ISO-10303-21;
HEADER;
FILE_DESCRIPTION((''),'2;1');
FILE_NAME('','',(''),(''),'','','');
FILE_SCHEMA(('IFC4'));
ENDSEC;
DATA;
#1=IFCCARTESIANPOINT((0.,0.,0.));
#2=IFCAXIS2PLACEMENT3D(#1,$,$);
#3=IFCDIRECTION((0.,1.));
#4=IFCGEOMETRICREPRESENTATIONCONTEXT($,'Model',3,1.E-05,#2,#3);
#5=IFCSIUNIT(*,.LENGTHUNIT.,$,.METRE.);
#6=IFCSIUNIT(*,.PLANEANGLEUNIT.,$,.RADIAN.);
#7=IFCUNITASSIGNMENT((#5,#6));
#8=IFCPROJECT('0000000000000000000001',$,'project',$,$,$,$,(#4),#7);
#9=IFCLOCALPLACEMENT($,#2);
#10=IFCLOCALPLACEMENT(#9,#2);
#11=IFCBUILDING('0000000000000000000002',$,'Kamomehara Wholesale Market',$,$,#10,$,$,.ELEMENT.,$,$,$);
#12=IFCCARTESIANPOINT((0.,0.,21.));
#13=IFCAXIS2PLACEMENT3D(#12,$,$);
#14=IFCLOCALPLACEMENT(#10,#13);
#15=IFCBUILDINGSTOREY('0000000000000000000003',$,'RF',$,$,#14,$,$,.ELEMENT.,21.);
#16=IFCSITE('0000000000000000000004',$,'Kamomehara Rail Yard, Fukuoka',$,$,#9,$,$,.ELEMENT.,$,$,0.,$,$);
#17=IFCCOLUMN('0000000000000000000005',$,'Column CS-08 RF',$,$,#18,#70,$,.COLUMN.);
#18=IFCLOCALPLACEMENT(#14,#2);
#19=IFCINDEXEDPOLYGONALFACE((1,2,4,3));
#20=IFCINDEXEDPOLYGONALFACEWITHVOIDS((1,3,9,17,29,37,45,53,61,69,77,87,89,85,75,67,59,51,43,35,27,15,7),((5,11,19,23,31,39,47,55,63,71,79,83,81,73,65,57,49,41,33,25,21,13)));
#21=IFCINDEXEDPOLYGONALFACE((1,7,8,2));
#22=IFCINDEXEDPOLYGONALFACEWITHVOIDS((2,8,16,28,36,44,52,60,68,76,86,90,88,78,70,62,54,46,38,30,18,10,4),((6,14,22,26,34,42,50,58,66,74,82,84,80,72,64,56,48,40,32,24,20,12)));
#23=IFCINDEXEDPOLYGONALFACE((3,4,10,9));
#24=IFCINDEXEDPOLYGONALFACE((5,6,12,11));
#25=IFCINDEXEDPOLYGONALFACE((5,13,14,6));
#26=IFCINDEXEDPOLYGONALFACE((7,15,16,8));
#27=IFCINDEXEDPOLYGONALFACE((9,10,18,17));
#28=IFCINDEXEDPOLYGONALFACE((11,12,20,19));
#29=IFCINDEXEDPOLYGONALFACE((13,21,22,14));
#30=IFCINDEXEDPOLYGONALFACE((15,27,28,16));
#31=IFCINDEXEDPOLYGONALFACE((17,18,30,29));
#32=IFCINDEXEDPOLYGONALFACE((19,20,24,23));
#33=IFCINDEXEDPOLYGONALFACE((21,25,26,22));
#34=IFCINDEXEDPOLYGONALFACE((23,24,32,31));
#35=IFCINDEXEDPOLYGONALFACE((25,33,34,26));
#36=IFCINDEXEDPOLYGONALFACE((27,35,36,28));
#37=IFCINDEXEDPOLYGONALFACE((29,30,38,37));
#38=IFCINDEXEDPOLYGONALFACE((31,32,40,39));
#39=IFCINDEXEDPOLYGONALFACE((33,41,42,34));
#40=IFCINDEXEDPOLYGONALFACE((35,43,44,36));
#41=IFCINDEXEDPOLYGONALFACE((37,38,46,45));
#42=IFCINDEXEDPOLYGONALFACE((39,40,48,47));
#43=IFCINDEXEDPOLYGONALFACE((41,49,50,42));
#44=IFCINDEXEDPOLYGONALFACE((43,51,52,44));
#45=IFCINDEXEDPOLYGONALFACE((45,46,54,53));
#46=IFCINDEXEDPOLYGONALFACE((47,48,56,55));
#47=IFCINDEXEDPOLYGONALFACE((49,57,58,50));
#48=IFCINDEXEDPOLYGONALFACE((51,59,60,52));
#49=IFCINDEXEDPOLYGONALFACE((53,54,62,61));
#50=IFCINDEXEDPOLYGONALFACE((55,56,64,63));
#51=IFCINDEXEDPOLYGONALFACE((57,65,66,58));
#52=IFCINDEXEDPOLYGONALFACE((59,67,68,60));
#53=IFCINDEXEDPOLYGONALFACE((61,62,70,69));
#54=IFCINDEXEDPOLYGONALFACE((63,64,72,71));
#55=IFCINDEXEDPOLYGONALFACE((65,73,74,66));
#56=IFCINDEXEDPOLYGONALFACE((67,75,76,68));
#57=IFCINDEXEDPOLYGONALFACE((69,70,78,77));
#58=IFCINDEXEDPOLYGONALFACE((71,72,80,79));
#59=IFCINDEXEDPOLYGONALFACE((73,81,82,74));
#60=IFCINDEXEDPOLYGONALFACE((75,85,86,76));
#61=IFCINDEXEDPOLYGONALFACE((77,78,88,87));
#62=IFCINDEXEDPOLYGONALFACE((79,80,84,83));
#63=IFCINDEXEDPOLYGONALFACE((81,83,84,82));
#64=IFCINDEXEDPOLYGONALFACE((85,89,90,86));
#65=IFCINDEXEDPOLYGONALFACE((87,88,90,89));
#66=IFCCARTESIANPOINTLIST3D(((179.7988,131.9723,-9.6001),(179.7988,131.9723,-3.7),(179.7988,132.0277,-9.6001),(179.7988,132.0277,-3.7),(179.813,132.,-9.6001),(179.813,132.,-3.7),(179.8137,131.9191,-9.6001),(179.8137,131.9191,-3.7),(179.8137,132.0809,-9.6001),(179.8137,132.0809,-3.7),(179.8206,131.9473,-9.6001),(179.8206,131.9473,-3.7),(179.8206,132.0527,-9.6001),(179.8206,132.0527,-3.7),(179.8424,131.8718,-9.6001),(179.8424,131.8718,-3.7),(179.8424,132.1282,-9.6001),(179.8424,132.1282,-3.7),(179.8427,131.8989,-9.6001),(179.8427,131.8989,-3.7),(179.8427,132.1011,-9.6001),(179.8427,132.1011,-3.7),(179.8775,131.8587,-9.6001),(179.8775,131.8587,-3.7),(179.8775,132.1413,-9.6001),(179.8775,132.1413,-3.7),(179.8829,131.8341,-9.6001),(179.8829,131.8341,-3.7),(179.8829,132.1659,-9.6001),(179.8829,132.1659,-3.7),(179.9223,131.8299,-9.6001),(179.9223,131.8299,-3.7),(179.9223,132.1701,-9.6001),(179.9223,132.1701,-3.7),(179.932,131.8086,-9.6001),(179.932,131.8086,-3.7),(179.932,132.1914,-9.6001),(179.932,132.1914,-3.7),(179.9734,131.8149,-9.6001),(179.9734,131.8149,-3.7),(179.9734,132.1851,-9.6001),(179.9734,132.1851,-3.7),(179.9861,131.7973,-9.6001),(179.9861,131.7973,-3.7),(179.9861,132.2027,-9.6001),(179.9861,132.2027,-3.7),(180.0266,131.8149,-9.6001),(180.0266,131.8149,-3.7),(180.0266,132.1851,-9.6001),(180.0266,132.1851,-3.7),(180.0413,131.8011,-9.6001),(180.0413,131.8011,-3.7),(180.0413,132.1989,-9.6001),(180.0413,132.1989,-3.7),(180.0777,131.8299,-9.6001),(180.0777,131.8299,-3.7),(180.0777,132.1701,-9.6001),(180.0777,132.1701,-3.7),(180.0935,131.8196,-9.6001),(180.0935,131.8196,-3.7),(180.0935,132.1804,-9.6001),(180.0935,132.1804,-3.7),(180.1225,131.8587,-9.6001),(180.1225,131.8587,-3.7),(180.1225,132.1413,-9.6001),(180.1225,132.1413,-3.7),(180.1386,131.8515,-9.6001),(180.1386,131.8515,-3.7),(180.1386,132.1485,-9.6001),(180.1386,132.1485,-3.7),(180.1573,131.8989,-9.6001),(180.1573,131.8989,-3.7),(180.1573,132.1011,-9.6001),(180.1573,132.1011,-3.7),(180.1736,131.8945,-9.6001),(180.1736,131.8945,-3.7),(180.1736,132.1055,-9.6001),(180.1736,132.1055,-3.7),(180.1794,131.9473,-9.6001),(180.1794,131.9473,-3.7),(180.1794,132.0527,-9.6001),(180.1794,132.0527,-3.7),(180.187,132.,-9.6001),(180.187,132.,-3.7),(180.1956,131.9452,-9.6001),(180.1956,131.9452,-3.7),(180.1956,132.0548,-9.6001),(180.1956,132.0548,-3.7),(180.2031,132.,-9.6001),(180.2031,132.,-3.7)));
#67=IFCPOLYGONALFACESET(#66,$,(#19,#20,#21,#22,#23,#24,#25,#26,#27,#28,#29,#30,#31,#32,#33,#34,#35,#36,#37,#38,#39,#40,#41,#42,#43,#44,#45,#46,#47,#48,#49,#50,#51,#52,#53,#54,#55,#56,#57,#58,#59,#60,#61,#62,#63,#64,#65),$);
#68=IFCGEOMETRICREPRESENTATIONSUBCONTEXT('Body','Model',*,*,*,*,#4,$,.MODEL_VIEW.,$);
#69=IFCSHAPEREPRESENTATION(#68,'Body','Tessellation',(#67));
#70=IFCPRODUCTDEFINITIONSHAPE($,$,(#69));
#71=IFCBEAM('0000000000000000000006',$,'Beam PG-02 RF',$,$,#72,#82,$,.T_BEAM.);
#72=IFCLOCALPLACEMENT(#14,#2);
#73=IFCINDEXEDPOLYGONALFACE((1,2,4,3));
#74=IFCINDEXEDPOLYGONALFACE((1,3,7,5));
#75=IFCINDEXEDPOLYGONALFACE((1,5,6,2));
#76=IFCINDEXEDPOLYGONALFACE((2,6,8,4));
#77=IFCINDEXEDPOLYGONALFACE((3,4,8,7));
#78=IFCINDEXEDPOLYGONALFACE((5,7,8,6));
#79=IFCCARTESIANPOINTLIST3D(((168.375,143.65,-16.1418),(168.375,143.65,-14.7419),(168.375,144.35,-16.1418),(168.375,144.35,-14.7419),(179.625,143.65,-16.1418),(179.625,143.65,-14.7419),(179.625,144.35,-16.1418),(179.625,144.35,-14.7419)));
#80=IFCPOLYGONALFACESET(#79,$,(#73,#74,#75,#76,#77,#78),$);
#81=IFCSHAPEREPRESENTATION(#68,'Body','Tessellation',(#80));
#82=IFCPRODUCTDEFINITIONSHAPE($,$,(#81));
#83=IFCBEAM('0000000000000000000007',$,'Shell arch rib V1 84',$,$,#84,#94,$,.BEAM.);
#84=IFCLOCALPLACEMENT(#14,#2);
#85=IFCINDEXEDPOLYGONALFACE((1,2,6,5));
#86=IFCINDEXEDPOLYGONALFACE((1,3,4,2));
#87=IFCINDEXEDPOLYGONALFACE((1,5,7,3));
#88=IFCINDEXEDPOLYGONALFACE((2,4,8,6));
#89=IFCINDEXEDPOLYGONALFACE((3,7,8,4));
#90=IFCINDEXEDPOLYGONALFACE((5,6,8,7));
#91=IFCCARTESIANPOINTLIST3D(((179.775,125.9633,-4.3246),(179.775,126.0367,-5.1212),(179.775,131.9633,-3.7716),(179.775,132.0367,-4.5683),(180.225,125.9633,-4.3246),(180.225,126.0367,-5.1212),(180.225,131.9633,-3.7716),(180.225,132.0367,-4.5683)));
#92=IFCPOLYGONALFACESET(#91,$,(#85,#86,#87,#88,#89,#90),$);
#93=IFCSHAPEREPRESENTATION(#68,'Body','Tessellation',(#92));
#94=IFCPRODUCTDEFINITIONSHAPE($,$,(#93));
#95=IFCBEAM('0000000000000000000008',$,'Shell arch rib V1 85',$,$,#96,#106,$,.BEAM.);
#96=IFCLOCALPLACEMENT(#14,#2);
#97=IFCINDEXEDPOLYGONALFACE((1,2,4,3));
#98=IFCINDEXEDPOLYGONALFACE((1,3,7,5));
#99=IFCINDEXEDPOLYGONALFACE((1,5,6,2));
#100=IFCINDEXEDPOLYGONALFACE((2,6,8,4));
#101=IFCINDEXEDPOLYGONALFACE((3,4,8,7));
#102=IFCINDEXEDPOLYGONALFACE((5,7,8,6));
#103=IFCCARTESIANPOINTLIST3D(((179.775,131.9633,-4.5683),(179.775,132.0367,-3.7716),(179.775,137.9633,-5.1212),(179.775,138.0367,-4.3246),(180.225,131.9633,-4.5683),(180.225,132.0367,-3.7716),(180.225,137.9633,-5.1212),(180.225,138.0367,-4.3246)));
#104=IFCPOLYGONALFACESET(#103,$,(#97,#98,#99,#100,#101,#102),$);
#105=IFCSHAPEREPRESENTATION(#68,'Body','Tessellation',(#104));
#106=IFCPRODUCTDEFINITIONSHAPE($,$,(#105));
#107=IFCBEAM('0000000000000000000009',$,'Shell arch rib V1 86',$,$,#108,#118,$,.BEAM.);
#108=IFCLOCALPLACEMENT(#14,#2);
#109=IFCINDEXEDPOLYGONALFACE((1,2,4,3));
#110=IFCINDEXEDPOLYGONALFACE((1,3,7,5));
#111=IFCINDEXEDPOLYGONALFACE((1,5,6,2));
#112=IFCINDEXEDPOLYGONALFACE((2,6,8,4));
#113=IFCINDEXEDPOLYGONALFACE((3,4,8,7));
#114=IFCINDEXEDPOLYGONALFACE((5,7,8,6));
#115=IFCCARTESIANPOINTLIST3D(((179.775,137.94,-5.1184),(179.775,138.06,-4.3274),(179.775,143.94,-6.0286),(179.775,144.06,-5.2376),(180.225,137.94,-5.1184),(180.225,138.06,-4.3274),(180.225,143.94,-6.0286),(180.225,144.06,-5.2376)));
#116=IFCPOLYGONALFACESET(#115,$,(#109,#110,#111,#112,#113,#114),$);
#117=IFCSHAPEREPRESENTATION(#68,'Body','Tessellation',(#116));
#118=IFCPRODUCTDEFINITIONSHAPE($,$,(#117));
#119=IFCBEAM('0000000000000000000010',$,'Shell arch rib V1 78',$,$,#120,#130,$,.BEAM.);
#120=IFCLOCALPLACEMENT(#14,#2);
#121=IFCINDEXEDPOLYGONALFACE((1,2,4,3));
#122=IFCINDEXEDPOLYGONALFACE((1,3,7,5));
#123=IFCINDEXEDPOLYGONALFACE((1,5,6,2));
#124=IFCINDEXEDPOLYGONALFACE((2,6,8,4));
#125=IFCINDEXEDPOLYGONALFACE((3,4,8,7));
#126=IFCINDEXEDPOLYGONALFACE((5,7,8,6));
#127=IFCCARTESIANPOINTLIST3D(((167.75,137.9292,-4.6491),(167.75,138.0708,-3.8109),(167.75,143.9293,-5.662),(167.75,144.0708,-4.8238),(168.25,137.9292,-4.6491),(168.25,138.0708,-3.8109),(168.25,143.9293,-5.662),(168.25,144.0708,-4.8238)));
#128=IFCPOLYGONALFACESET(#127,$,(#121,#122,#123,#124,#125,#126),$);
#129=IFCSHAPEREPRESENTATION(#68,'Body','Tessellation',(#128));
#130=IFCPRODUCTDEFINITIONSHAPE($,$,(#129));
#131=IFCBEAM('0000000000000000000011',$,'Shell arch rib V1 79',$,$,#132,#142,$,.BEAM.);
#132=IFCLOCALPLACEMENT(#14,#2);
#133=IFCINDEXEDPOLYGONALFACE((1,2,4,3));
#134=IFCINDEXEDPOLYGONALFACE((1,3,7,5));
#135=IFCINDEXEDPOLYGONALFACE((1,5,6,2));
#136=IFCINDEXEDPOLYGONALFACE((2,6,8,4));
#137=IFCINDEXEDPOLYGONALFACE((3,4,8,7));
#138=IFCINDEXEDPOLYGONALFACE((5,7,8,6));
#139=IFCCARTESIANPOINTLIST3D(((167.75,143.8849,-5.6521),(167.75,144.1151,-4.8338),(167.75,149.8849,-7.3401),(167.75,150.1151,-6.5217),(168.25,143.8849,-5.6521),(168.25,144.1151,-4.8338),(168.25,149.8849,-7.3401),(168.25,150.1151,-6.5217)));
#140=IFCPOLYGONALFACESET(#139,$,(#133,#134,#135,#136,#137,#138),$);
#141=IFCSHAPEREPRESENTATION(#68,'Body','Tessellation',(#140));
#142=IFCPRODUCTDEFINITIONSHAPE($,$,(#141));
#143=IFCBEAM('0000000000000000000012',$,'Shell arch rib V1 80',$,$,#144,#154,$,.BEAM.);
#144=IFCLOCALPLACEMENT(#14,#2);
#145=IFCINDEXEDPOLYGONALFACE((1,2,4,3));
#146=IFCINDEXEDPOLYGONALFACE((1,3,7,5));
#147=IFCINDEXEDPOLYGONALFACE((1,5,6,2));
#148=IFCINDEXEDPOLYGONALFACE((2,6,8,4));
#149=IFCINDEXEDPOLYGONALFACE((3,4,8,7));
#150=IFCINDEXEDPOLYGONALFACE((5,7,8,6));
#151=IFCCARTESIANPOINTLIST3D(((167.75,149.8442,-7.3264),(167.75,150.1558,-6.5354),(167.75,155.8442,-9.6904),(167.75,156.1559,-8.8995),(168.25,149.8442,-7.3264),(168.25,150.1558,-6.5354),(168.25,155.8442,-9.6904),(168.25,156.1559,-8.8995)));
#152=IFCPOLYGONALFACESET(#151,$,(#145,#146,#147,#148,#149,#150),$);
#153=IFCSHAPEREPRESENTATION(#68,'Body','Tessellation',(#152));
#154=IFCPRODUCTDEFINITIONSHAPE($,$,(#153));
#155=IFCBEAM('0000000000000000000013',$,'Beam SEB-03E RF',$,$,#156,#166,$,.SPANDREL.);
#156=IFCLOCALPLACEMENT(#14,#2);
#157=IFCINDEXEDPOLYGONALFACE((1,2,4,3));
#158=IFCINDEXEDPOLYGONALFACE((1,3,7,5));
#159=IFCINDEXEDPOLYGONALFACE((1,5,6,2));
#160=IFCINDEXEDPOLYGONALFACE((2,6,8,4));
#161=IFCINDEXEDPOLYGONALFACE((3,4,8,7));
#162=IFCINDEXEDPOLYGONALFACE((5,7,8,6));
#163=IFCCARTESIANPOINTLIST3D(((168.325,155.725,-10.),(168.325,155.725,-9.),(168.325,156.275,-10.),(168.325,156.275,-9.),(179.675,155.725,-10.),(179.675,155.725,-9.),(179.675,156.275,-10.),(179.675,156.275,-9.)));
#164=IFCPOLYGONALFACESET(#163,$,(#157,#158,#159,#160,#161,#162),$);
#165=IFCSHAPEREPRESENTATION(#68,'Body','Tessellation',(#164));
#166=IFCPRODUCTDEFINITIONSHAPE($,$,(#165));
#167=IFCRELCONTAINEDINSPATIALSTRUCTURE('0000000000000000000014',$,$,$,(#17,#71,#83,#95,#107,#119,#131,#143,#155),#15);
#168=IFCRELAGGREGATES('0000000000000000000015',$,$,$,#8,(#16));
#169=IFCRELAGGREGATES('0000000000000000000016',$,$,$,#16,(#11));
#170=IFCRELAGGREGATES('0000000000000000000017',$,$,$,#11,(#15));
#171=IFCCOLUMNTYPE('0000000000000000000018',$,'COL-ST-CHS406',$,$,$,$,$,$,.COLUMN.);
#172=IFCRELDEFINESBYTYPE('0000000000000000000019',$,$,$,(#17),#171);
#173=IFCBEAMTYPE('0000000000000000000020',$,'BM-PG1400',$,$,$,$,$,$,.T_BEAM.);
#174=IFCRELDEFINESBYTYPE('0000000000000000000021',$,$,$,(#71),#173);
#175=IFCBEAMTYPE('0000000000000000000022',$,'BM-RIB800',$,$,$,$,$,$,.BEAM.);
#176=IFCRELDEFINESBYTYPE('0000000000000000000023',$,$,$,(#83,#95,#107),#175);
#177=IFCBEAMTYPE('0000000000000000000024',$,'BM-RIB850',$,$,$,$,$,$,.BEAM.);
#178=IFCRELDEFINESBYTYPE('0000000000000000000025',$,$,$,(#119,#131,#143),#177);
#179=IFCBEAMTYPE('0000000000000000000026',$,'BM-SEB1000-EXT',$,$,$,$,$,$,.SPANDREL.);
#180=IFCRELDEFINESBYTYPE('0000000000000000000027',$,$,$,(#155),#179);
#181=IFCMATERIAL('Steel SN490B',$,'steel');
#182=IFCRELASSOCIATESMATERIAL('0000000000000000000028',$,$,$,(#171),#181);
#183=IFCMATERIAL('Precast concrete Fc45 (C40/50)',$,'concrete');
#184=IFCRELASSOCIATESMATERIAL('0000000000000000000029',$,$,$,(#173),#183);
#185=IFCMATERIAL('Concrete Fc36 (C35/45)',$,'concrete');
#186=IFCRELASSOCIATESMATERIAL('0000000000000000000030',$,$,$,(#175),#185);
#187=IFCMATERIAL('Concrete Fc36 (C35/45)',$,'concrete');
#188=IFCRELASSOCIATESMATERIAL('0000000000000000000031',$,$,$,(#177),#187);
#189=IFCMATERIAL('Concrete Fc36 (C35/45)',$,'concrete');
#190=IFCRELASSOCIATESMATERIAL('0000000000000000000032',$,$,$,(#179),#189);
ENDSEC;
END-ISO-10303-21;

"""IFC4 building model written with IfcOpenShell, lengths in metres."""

from ifc_helpers import new_model, si_unit, direction, frame, origin, origin_2d, place, context, subcontext, project, spatial, rectangle, hollow_circle, extrude, material, material_profile, profile_set, type_object, element, save


model = new_model("IFC4")

# Units and contexts
model_context = context("Model", 3, precision=1e-05, world=origin(), true_north=direction((0.0, 1.0)))
body_context = subcontext(model_context, "Body", "Model", "MODEL_VIEW")
ifc_project = project(units=[si_unit("LENGTHUNIT", "METRE"), si_unit("PLANEANGLEUNIT", "RADIAN")], contexts=[model_context])

# Site, building, storey
site_placement = place(None, origin())
site = spatial("IfcSite", under=ifc_project, at=site_placement, Name="Kamomehara Rail Yard, Fukuoka", CompositionType="ELEMENT", RefElevation=0.0)
building_placement = place(site_placement, origin())
building = spatial("IfcBuilding", under=site, at=building_placement, Name="Kamomehara Wholesale Market", CompositionType="ELEMENT")
storey_placement = place(building_placement, frame((0.0, 0.0, 21.0)))
storey = spatial("IfcBuildingStorey", under=building, at=storey_placement, Name="RF", CompositionType="ELEMENT", Elevation=21.0)

# Column
ifc_material_1 = material(Name="Steel SN490B", Category="steel")
ifc_material_profile_1 = material_profile(ifc_material_1, hollow_circle(Radius=0.2031, WallThickness=0.0161, at=origin_2d()), Name="CHS-406.4x16.0")
ifc_profile_set_1 = profile_set([ifc_material_profile_1], Name="Steel SN490B")
column_type = type_object("IfcColumnType", Name="COL-ST-CHS406", PredefinedType="COLUMN", material=ifc_profile_set_1)
column_placement = place(storey_placement, frame((180.0, 132.0, -9.6001), z_axis=(0.0, 0.0, 1.0), x_axis=(1.0, 0.0, 0.0)))
element("IfcColumn", 1, at=column_placement, inside=storey, type_object=column_type, Name="Column CS-08 RF", PredefinedType="COLUMN", context=body_context, shape_type="SweptSolid", body=[
    extrude(hollow_circle(Radius=0.2031, WallThickness=0.0161, at=origin_2d()), origin(), (0.0, 0.0, 1.0), 5.9001),
])

# Beams
ifc_material_2 = material(Name="Precast concrete Fc45 (C40/50)", Category="concrete")
ifc_material_profile_2 = material_profile(ifc_material_2, rectangle(XDim=0.7, YDim=1.3999, at=origin_2d()), Name="PC-GRD-700x1400")
ifc_profile_set_2 = profile_set([ifc_material_profile_2], Name="Precast concrete Fc45 (C40/50)")
beam_type_1 = type_object("IfcBeamType", Name="BM-PG1400", PredefinedType="T_BEAM", material=ifc_profile_set_2)
beam_1_placement = place(storey_placement, frame((168.375, 144.0, -15.4419), z_axis=(1.0, 0.0, 0.0), x_axis=(0.0, 1.0, 0.0)))
element("IfcBeam", 2, at=beam_1_placement, inside=storey, type_object=beam_type_1, Name="Beam PG-02 RF", PredefinedType="T_BEAM", context=body_context, shape_type="SweptSolid", body=[
    extrude(rectangle(XDim=0.7, YDim=1.3999, at=origin_2d()), origin(), (0.0, 0.0, 1.0), 11.25),
])
ifc_material_3 = material(Name="Concrete Fc36 (C35/45)", Category="concrete")
ifc_material_profile_3 = material_profile(ifc_material_3, rectangle(XDim=0.45, YDim=0.8, at=origin_2d()), Name="RC-RIB-450x800")
ifc_profile_set_3 = profile_set([ifc_material_profile_3], Name="Concrete Fc36 (C35/45)")
beam_type_2 = type_object("IfcBeamType", Name="BM-RIB800", PredefinedType="BEAM", material=ifc_profile_set_3)
for number, where, z_axis, x_axis, name in (
    (3, (180.0, 126.0, -4.7229), (0.0, 0.99578, 0.091774), (-1.0, 0.0, 0.0), "Shell arch rib V1 84"),
    (4, (180.0, 132.0, -4.1699), (0.0, 0.99578, -0.091774), (-1.0, 0.0, 0.0), "Shell arch rib V1 85"),
):
    element("IfcBeam", number, at=place(storey_placement, frame(where, z_axis=z_axis, x_axis=x_axis)), inside=storey, type_object=beam_type_2, Name=name, PredefinedType="BEAM", context=body_context, shape_type="SweptSolid", body=[
        extrude(rectangle(XDim=0.45, YDim=0.8, at=origin_2d()), origin(), (0.0, 0.0, 1.0), 6.0254),
    ])
beam_2_placement = place(storey_placement, frame((180.0, 138.0, -4.7229), z_axis=(0.0, 0.988689, -0.149977), x_axis=(-1.0, 0.0, 0.0)))
element("IfcBeam", 5, at=beam_2_placement, inside=storey, type_object=beam_type_2, Name="Shell arch rib V1 86", PredefinedType="BEAM", context=body_context, shape_type="SweptSolid", body=[
    extrude(rectangle(XDim=0.45, YDim=0.8, at=origin_2d()), origin(), (0.0, 0.0, 1.0), 6.0686),
])
ifc_material_4 = material(Name="Concrete Fc36 (C35/45)", Category="concrete")
ifc_material_profile_4 = material_profile(ifc_material_4, rectangle(XDim=0.5, YDim=0.8501, at=origin_2d()), Name="RC-RIB-500x850")
ifc_profile_set_4 = profile_set([ifc_material_profile_4], Name="Concrete Fc36 (C35/45)")
beam_type_3 = type_object("IfcBeamType", Name="BM-RIB850", PredefinedType="BEAM", material=ifc_profile_set_4)
beam_3_placement = place(storey_placement, frame((168.0, 138.0, -4.23), z_axis=(0.0, 0.986047, -0.166468), x_axis=(-1.0, 0.0, 0.0)))
element("IfcBeam", 6, at=beam_3_placement, inside=storey, type_object=beam_type_3, Name="Shell arch rib V1 78", PredefinedType="BEAM", context=body_context, shape_type="SweptSolid", body=[
    extrude(rectangle(XDim=0.5, YDim=0.8501, at=origin_2d()), origin(), (0.0, 0.0, 1.0), 6.085),
])
beam_4_placement = place(storey_placement, frame((168.0, 144.0, -5.2429), z_axis=(0.0, 0.962631, -0.270818), x_axis=(-1.0, 0.0, 0.0)))
element("IfcBeam", 7, at=beam_4_placement, inside=storey, type_object=beam_type_3, Name="Shell arch rib V1 79", PredefinedType="BEAM", context=body_context, shape_type="SweptSolid", body=[
    extrude(rectangle(XDim=0.5, YDim=0.8501, at=origin_2d()), origin(), (0.0, 0.0, 1.0), 6.2329),
])
beam_5_placement = place(storey_placement, frame((168.0, 150.0, -6.9309), z_axis=(0.0, 0.930388, -0.366575), x_axis=(-1.0, 0.0, 0.0)))
element("IfcBeam", 8, at=beam_5_placement, inside=storey, type_object=beam_type_3, Name="Shell arch rib V1 80", PredefinedType="BEAM", context=body_context, shape_type="SweptSolid", body=[
    extrude(rectangle(XDim=0.5, YDim=0.8501, at=origin_2d()), origin(), (0.0, 0.0, 1.0), 6.449),
])
ifc_material_5 = material(Name="Concrete Fc36 (C35/45)", Category="concrete")
ifc_material_profile_5 = material_profile(ifc_material_5, rectangle(XDim=0.55, YDim=1.0, at=origin_2d()), Name="RC-SEB-550x1000")
ifc_profile_set_5 = profile_set([ifc_material_profile_5], Name="Concrete Fc36 (C35/45)")
beam_type_4 = type_object("IfcBeamType", Name="BM-SEB1000-EXT", PredefinedType="SPANDREL", material=ifc_profile_set_5)
beam_6_placement = place(storey_placement, frame((168.325, 156.0, -9.5), z_axis=(1.0, 0.0, 0.0), x_axis=(0.0, 1.0, 0.0)))
element("IfcBeam", 9, at=beam_6_placement, inside=storey, type_object=beam_type_4, Name="Beam SEB-03E RF", PredefinedType="SPANDREL", context=body_context, shape_type="SweptSolid", body=[
    extrude(rectangle(XDim=0.55, YDim=1.0, at=origin_2d()), origin(), (0.0, 0.0, 1.0), 11.3501),
])

save(model, "model.ifc")
